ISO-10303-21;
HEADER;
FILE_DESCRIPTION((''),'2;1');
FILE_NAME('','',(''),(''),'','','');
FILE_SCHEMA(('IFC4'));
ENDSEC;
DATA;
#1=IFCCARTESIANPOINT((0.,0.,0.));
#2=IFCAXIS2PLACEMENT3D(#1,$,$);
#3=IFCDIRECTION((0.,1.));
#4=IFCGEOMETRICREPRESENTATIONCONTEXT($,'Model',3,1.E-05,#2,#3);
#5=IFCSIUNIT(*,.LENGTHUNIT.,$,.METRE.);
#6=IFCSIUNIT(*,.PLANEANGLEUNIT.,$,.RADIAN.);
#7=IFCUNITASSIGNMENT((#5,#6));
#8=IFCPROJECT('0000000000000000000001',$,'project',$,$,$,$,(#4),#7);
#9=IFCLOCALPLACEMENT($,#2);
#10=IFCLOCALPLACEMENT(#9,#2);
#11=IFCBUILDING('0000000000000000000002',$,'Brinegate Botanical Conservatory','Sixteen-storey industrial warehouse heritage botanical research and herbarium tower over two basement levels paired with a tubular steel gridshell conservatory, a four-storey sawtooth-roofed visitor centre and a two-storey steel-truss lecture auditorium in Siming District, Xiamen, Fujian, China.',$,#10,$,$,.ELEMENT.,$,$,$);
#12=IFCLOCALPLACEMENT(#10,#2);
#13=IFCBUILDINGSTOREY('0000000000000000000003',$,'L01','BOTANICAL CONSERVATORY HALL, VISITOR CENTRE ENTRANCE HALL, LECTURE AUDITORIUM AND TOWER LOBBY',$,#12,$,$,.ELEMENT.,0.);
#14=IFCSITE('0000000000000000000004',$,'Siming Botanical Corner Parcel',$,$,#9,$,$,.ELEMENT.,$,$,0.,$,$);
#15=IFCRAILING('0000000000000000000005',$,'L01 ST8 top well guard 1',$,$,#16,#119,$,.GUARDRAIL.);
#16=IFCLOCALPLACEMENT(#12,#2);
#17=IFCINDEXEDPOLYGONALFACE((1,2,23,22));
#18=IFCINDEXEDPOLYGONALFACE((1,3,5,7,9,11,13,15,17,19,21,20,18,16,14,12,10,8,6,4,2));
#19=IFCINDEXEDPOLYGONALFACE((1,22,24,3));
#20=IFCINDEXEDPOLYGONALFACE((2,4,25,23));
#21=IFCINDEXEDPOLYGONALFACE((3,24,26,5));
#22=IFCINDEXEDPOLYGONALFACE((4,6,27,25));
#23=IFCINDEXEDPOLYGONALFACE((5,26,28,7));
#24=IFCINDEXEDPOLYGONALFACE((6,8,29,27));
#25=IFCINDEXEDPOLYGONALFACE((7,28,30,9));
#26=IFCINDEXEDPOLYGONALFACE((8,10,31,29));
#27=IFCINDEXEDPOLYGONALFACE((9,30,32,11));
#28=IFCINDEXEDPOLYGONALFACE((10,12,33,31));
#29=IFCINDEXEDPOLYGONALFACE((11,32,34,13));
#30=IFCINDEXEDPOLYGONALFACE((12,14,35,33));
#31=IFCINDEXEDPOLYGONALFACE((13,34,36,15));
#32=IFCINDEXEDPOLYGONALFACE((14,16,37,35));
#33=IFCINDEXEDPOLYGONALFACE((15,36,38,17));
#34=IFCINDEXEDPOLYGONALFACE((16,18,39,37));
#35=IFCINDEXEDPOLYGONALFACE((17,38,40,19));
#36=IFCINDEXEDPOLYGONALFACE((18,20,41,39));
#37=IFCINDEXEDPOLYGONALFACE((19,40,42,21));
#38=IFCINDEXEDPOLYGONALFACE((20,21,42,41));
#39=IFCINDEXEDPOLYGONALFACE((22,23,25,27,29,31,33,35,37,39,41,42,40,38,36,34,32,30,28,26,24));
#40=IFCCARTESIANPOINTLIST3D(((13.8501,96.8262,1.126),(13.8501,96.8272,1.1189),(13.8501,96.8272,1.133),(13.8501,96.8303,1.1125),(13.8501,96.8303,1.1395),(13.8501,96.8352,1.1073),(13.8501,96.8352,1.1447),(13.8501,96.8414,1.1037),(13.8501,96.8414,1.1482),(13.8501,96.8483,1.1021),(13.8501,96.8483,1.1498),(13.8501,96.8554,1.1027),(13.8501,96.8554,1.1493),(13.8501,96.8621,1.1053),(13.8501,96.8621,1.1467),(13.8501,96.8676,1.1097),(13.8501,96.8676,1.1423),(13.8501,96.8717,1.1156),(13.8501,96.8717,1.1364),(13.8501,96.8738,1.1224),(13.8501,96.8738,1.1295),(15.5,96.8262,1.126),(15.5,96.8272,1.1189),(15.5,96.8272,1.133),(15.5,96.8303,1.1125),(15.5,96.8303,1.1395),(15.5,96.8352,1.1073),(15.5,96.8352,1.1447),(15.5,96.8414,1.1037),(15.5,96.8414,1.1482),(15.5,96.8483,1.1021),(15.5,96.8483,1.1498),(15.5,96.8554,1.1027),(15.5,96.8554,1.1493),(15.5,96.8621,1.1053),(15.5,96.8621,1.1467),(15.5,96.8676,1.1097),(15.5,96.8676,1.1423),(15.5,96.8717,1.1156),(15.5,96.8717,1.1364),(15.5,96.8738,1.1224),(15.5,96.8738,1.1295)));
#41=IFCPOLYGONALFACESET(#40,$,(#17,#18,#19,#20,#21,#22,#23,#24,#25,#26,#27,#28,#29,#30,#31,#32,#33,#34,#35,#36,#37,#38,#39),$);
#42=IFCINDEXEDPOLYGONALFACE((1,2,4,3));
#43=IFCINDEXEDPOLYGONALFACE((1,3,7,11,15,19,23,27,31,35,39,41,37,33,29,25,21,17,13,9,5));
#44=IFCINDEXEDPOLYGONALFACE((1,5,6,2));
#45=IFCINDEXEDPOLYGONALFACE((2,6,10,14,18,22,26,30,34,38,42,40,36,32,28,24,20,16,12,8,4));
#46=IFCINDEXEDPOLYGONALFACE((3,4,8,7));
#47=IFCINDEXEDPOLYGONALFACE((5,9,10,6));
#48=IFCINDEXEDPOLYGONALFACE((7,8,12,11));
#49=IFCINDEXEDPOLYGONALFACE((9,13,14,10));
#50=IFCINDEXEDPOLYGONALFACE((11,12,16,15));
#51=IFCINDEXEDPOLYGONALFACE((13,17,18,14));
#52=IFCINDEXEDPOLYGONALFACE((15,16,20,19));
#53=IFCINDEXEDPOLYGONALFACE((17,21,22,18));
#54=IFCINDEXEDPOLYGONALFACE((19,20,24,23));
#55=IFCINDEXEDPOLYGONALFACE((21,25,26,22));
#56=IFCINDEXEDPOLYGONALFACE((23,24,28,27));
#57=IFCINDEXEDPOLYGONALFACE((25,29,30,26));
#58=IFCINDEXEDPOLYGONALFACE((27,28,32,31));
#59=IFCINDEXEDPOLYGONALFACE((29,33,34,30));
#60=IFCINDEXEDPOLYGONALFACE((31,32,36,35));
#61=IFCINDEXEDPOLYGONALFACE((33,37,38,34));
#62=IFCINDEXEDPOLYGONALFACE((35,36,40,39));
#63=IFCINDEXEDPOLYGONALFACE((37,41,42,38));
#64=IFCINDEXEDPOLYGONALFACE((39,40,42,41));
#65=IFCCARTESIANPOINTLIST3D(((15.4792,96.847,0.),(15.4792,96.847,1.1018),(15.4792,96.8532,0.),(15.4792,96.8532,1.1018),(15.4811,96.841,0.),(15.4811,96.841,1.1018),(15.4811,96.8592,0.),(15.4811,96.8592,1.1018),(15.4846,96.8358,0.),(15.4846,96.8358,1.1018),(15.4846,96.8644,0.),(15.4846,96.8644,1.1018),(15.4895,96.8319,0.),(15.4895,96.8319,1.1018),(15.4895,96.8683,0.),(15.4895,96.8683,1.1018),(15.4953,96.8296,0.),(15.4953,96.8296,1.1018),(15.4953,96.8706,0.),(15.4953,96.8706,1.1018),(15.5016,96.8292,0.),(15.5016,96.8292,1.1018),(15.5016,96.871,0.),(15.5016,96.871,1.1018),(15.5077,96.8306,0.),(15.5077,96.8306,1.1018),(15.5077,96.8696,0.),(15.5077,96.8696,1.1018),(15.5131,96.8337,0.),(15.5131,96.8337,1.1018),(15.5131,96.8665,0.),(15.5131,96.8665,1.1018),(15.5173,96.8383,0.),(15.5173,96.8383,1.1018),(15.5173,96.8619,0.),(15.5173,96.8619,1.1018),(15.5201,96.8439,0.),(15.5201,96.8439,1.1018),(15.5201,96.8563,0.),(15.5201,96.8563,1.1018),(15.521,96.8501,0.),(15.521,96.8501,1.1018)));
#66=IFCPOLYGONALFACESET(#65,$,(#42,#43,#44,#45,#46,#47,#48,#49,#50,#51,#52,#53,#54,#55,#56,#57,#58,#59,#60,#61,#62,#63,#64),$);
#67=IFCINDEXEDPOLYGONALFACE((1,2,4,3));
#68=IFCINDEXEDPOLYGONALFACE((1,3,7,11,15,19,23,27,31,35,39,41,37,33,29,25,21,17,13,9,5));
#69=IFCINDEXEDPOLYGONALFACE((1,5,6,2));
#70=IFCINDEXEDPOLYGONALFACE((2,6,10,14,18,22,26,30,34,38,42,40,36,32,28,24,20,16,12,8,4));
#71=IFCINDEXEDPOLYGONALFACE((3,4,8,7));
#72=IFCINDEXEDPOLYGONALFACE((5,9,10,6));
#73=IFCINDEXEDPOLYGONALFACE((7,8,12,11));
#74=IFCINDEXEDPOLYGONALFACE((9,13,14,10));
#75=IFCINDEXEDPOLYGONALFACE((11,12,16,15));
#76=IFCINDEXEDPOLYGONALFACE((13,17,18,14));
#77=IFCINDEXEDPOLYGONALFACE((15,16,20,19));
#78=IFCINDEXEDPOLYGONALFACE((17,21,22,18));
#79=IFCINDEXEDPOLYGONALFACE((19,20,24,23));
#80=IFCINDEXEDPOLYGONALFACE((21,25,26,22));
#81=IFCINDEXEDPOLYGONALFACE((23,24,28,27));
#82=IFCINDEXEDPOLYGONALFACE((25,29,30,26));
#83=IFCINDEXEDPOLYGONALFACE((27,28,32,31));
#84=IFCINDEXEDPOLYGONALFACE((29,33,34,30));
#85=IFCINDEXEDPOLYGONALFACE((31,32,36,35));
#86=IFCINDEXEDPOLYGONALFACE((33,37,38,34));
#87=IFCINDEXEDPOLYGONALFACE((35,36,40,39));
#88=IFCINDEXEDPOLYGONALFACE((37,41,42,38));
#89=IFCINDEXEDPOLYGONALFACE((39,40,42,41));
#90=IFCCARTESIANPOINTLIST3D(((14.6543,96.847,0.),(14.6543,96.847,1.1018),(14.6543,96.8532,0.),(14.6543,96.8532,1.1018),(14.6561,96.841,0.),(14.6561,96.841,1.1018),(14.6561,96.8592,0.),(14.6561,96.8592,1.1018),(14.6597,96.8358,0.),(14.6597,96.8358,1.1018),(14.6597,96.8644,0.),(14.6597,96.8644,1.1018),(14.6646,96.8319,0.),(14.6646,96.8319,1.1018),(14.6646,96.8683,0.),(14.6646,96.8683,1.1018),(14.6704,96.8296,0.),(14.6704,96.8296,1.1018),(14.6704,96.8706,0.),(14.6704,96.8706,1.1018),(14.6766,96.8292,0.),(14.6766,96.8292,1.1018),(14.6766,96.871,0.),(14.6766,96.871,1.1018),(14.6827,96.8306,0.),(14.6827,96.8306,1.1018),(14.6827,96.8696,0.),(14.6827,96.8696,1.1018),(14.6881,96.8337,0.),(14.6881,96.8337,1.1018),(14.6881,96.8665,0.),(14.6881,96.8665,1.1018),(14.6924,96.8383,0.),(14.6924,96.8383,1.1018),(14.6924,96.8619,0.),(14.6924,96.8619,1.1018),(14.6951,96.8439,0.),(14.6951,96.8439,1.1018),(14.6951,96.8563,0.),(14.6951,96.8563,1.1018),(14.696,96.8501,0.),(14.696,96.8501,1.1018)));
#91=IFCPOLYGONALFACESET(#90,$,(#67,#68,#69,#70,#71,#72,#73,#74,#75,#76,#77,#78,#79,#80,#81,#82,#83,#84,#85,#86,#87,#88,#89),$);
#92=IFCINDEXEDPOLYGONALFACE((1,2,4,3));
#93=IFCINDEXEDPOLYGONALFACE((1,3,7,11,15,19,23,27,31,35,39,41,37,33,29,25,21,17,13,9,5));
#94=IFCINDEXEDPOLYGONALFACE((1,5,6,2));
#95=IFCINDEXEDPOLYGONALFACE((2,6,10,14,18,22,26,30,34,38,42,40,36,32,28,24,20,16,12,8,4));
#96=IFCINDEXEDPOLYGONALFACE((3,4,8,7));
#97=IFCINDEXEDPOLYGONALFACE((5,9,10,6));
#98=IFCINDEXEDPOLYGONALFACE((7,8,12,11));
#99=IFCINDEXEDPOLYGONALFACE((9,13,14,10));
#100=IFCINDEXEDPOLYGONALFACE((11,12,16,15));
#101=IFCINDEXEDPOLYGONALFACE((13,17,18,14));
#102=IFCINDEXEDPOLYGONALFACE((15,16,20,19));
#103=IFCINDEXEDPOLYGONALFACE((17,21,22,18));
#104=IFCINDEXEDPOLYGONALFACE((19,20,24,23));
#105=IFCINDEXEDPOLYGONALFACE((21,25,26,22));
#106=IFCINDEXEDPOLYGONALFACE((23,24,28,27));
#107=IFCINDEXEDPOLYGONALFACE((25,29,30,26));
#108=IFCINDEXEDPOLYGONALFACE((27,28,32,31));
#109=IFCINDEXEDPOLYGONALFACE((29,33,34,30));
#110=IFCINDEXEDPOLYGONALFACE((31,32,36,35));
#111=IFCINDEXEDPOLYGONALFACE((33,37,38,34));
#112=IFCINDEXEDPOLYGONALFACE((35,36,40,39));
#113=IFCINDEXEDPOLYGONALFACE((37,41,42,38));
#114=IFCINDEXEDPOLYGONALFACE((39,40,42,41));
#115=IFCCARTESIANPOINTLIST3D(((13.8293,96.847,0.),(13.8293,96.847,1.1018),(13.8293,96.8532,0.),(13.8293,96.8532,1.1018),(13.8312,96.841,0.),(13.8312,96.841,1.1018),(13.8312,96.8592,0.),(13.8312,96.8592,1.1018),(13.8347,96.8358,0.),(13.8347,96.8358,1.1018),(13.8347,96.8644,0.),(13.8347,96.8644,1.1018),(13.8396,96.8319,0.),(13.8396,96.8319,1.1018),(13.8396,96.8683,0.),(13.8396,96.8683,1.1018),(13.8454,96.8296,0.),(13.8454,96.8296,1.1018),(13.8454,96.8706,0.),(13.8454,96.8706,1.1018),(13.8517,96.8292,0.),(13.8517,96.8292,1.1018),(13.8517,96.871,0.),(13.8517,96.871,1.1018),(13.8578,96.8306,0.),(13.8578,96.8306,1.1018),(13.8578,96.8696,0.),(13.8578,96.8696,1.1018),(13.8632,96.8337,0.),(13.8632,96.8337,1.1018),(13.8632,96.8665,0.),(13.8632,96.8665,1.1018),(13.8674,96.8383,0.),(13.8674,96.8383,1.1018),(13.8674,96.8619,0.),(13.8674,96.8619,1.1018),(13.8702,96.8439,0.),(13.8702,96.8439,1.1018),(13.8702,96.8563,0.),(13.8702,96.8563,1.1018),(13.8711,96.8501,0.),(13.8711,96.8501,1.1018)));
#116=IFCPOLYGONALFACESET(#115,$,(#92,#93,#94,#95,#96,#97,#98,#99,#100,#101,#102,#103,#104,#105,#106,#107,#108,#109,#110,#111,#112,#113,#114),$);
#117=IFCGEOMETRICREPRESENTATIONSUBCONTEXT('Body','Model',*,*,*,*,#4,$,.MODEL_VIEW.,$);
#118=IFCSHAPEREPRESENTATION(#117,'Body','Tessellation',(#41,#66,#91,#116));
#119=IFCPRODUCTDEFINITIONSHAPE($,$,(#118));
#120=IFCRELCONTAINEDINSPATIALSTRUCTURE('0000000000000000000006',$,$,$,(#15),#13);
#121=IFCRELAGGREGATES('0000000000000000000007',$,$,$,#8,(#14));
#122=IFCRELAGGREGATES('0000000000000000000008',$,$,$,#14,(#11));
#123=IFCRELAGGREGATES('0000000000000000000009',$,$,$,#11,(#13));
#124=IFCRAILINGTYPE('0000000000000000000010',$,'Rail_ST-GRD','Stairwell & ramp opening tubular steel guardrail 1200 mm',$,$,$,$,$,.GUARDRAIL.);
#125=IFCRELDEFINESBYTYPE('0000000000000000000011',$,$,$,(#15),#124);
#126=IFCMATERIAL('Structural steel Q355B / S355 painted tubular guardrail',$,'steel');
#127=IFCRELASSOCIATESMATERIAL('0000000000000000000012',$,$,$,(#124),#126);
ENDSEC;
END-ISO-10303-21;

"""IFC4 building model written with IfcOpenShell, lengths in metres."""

from ifc_helpers import new_model, si_unit, direction, frame, origin, origin_2d, place, context, subcontext, project, spatial, circle, extrude, material, type_object, element, save


model = new_model("IFC4")

# Units and contexts
model_context = context("Model", 3, precision=1e-05, world=origin(), true_north=direction((0.0, 1.0)))
body_context = subcontext(model_context, "Body", "Model", "MODEL_VIEW")
ifc_project = project(units=[si_unit("LENGTHUNIT", "METRE"), si_unit("PLANEANGLEUNIT", "RADIAN")], contexts=[model_context])

# Site, building, storey
site_placement = place(None, origin())
site = spatial("IfcSite", under=ifc_project, at=site_placement, Name="Siming Botanical Corner Parcel", CompositionType="ELEMENT", RefElevation=0.0)
building_placement = place(site_placement, origin())
building = spatial("IfcBuilding", under=site, at=building_placement, Name="Brinegate Botanical Conservatory", Description="Sixteen-storey industrial warehouse heritage botanical research and herbarium tower over two basement levels paired with a tubular steel gridshell conservatory, a four-storey sawtooth-roofed visitor centre and a two-storey steel-truss lecture auditorium in Siming District, Xiamen, Fujian, China.", CompositionType="ELEMENT")
storey_placement = place(building_placement, origin())
storey = spatial("IfcBuildingStorey", under=building, at=storey_placement, Name="L01", Description="BOTANICAL CONSERVATORY HALL, VISITOR CENTRE ENTRANCE HALL, LECTURE AUDITORIUM AND TOWER LOBBY", CompositionType="ELEMENT", Elevation=0.0)

# Railing
ifc_material_1 = material(Name="Structural steel Q355B / S355 painted tubular guardrail", Category="steel")
railing_type = type_object("IfcRailingType", Name="Rail_ST-GRD", Description="Stairwell & ramp opening tubular steel guardrail 1200 mm", PredefinedType="GUARDRAIL", material=ifc_material_1)
railing_placement = place(storey_placement, frame((15.5, 96.8501, 0.0)))
element("IfcRailing", 1, at=railing_placement, inside=storey, type_object=railing_type, Name="L01 ST8 top well guard 1", PredefinedType="GUARDRAIL", context=body_context, shape_type="SweptSolid", body=[
    extrude(circle(Radius=0.0239, at=origin_2d()), frame((0.0, 0.0, 1.126), z_axis=(-1.0, 0.0, 0.0), x_axis=(0.0, -1.0, 0.0)), (0.0, 0.0, 1.0), 1.6499),
    extrude(circle(Radius=0.021, at=origin_2d()), origin(), (0.0, 0.0, 1.0), 1.1018),
    extrude(circle(Radius=0.021, at=origin_2d()), frame((-0.825, 0.0, 0.0)), (0.0, 0.0, 1.0), 1.1018),
    extrude(circle(Radius=0.021, at=origin_2d()), frame((-1.6499, 0.0, 0.0)), (0.0, 0.0, 1.0), 1.1018),
])

save(model, "model.ifc")
